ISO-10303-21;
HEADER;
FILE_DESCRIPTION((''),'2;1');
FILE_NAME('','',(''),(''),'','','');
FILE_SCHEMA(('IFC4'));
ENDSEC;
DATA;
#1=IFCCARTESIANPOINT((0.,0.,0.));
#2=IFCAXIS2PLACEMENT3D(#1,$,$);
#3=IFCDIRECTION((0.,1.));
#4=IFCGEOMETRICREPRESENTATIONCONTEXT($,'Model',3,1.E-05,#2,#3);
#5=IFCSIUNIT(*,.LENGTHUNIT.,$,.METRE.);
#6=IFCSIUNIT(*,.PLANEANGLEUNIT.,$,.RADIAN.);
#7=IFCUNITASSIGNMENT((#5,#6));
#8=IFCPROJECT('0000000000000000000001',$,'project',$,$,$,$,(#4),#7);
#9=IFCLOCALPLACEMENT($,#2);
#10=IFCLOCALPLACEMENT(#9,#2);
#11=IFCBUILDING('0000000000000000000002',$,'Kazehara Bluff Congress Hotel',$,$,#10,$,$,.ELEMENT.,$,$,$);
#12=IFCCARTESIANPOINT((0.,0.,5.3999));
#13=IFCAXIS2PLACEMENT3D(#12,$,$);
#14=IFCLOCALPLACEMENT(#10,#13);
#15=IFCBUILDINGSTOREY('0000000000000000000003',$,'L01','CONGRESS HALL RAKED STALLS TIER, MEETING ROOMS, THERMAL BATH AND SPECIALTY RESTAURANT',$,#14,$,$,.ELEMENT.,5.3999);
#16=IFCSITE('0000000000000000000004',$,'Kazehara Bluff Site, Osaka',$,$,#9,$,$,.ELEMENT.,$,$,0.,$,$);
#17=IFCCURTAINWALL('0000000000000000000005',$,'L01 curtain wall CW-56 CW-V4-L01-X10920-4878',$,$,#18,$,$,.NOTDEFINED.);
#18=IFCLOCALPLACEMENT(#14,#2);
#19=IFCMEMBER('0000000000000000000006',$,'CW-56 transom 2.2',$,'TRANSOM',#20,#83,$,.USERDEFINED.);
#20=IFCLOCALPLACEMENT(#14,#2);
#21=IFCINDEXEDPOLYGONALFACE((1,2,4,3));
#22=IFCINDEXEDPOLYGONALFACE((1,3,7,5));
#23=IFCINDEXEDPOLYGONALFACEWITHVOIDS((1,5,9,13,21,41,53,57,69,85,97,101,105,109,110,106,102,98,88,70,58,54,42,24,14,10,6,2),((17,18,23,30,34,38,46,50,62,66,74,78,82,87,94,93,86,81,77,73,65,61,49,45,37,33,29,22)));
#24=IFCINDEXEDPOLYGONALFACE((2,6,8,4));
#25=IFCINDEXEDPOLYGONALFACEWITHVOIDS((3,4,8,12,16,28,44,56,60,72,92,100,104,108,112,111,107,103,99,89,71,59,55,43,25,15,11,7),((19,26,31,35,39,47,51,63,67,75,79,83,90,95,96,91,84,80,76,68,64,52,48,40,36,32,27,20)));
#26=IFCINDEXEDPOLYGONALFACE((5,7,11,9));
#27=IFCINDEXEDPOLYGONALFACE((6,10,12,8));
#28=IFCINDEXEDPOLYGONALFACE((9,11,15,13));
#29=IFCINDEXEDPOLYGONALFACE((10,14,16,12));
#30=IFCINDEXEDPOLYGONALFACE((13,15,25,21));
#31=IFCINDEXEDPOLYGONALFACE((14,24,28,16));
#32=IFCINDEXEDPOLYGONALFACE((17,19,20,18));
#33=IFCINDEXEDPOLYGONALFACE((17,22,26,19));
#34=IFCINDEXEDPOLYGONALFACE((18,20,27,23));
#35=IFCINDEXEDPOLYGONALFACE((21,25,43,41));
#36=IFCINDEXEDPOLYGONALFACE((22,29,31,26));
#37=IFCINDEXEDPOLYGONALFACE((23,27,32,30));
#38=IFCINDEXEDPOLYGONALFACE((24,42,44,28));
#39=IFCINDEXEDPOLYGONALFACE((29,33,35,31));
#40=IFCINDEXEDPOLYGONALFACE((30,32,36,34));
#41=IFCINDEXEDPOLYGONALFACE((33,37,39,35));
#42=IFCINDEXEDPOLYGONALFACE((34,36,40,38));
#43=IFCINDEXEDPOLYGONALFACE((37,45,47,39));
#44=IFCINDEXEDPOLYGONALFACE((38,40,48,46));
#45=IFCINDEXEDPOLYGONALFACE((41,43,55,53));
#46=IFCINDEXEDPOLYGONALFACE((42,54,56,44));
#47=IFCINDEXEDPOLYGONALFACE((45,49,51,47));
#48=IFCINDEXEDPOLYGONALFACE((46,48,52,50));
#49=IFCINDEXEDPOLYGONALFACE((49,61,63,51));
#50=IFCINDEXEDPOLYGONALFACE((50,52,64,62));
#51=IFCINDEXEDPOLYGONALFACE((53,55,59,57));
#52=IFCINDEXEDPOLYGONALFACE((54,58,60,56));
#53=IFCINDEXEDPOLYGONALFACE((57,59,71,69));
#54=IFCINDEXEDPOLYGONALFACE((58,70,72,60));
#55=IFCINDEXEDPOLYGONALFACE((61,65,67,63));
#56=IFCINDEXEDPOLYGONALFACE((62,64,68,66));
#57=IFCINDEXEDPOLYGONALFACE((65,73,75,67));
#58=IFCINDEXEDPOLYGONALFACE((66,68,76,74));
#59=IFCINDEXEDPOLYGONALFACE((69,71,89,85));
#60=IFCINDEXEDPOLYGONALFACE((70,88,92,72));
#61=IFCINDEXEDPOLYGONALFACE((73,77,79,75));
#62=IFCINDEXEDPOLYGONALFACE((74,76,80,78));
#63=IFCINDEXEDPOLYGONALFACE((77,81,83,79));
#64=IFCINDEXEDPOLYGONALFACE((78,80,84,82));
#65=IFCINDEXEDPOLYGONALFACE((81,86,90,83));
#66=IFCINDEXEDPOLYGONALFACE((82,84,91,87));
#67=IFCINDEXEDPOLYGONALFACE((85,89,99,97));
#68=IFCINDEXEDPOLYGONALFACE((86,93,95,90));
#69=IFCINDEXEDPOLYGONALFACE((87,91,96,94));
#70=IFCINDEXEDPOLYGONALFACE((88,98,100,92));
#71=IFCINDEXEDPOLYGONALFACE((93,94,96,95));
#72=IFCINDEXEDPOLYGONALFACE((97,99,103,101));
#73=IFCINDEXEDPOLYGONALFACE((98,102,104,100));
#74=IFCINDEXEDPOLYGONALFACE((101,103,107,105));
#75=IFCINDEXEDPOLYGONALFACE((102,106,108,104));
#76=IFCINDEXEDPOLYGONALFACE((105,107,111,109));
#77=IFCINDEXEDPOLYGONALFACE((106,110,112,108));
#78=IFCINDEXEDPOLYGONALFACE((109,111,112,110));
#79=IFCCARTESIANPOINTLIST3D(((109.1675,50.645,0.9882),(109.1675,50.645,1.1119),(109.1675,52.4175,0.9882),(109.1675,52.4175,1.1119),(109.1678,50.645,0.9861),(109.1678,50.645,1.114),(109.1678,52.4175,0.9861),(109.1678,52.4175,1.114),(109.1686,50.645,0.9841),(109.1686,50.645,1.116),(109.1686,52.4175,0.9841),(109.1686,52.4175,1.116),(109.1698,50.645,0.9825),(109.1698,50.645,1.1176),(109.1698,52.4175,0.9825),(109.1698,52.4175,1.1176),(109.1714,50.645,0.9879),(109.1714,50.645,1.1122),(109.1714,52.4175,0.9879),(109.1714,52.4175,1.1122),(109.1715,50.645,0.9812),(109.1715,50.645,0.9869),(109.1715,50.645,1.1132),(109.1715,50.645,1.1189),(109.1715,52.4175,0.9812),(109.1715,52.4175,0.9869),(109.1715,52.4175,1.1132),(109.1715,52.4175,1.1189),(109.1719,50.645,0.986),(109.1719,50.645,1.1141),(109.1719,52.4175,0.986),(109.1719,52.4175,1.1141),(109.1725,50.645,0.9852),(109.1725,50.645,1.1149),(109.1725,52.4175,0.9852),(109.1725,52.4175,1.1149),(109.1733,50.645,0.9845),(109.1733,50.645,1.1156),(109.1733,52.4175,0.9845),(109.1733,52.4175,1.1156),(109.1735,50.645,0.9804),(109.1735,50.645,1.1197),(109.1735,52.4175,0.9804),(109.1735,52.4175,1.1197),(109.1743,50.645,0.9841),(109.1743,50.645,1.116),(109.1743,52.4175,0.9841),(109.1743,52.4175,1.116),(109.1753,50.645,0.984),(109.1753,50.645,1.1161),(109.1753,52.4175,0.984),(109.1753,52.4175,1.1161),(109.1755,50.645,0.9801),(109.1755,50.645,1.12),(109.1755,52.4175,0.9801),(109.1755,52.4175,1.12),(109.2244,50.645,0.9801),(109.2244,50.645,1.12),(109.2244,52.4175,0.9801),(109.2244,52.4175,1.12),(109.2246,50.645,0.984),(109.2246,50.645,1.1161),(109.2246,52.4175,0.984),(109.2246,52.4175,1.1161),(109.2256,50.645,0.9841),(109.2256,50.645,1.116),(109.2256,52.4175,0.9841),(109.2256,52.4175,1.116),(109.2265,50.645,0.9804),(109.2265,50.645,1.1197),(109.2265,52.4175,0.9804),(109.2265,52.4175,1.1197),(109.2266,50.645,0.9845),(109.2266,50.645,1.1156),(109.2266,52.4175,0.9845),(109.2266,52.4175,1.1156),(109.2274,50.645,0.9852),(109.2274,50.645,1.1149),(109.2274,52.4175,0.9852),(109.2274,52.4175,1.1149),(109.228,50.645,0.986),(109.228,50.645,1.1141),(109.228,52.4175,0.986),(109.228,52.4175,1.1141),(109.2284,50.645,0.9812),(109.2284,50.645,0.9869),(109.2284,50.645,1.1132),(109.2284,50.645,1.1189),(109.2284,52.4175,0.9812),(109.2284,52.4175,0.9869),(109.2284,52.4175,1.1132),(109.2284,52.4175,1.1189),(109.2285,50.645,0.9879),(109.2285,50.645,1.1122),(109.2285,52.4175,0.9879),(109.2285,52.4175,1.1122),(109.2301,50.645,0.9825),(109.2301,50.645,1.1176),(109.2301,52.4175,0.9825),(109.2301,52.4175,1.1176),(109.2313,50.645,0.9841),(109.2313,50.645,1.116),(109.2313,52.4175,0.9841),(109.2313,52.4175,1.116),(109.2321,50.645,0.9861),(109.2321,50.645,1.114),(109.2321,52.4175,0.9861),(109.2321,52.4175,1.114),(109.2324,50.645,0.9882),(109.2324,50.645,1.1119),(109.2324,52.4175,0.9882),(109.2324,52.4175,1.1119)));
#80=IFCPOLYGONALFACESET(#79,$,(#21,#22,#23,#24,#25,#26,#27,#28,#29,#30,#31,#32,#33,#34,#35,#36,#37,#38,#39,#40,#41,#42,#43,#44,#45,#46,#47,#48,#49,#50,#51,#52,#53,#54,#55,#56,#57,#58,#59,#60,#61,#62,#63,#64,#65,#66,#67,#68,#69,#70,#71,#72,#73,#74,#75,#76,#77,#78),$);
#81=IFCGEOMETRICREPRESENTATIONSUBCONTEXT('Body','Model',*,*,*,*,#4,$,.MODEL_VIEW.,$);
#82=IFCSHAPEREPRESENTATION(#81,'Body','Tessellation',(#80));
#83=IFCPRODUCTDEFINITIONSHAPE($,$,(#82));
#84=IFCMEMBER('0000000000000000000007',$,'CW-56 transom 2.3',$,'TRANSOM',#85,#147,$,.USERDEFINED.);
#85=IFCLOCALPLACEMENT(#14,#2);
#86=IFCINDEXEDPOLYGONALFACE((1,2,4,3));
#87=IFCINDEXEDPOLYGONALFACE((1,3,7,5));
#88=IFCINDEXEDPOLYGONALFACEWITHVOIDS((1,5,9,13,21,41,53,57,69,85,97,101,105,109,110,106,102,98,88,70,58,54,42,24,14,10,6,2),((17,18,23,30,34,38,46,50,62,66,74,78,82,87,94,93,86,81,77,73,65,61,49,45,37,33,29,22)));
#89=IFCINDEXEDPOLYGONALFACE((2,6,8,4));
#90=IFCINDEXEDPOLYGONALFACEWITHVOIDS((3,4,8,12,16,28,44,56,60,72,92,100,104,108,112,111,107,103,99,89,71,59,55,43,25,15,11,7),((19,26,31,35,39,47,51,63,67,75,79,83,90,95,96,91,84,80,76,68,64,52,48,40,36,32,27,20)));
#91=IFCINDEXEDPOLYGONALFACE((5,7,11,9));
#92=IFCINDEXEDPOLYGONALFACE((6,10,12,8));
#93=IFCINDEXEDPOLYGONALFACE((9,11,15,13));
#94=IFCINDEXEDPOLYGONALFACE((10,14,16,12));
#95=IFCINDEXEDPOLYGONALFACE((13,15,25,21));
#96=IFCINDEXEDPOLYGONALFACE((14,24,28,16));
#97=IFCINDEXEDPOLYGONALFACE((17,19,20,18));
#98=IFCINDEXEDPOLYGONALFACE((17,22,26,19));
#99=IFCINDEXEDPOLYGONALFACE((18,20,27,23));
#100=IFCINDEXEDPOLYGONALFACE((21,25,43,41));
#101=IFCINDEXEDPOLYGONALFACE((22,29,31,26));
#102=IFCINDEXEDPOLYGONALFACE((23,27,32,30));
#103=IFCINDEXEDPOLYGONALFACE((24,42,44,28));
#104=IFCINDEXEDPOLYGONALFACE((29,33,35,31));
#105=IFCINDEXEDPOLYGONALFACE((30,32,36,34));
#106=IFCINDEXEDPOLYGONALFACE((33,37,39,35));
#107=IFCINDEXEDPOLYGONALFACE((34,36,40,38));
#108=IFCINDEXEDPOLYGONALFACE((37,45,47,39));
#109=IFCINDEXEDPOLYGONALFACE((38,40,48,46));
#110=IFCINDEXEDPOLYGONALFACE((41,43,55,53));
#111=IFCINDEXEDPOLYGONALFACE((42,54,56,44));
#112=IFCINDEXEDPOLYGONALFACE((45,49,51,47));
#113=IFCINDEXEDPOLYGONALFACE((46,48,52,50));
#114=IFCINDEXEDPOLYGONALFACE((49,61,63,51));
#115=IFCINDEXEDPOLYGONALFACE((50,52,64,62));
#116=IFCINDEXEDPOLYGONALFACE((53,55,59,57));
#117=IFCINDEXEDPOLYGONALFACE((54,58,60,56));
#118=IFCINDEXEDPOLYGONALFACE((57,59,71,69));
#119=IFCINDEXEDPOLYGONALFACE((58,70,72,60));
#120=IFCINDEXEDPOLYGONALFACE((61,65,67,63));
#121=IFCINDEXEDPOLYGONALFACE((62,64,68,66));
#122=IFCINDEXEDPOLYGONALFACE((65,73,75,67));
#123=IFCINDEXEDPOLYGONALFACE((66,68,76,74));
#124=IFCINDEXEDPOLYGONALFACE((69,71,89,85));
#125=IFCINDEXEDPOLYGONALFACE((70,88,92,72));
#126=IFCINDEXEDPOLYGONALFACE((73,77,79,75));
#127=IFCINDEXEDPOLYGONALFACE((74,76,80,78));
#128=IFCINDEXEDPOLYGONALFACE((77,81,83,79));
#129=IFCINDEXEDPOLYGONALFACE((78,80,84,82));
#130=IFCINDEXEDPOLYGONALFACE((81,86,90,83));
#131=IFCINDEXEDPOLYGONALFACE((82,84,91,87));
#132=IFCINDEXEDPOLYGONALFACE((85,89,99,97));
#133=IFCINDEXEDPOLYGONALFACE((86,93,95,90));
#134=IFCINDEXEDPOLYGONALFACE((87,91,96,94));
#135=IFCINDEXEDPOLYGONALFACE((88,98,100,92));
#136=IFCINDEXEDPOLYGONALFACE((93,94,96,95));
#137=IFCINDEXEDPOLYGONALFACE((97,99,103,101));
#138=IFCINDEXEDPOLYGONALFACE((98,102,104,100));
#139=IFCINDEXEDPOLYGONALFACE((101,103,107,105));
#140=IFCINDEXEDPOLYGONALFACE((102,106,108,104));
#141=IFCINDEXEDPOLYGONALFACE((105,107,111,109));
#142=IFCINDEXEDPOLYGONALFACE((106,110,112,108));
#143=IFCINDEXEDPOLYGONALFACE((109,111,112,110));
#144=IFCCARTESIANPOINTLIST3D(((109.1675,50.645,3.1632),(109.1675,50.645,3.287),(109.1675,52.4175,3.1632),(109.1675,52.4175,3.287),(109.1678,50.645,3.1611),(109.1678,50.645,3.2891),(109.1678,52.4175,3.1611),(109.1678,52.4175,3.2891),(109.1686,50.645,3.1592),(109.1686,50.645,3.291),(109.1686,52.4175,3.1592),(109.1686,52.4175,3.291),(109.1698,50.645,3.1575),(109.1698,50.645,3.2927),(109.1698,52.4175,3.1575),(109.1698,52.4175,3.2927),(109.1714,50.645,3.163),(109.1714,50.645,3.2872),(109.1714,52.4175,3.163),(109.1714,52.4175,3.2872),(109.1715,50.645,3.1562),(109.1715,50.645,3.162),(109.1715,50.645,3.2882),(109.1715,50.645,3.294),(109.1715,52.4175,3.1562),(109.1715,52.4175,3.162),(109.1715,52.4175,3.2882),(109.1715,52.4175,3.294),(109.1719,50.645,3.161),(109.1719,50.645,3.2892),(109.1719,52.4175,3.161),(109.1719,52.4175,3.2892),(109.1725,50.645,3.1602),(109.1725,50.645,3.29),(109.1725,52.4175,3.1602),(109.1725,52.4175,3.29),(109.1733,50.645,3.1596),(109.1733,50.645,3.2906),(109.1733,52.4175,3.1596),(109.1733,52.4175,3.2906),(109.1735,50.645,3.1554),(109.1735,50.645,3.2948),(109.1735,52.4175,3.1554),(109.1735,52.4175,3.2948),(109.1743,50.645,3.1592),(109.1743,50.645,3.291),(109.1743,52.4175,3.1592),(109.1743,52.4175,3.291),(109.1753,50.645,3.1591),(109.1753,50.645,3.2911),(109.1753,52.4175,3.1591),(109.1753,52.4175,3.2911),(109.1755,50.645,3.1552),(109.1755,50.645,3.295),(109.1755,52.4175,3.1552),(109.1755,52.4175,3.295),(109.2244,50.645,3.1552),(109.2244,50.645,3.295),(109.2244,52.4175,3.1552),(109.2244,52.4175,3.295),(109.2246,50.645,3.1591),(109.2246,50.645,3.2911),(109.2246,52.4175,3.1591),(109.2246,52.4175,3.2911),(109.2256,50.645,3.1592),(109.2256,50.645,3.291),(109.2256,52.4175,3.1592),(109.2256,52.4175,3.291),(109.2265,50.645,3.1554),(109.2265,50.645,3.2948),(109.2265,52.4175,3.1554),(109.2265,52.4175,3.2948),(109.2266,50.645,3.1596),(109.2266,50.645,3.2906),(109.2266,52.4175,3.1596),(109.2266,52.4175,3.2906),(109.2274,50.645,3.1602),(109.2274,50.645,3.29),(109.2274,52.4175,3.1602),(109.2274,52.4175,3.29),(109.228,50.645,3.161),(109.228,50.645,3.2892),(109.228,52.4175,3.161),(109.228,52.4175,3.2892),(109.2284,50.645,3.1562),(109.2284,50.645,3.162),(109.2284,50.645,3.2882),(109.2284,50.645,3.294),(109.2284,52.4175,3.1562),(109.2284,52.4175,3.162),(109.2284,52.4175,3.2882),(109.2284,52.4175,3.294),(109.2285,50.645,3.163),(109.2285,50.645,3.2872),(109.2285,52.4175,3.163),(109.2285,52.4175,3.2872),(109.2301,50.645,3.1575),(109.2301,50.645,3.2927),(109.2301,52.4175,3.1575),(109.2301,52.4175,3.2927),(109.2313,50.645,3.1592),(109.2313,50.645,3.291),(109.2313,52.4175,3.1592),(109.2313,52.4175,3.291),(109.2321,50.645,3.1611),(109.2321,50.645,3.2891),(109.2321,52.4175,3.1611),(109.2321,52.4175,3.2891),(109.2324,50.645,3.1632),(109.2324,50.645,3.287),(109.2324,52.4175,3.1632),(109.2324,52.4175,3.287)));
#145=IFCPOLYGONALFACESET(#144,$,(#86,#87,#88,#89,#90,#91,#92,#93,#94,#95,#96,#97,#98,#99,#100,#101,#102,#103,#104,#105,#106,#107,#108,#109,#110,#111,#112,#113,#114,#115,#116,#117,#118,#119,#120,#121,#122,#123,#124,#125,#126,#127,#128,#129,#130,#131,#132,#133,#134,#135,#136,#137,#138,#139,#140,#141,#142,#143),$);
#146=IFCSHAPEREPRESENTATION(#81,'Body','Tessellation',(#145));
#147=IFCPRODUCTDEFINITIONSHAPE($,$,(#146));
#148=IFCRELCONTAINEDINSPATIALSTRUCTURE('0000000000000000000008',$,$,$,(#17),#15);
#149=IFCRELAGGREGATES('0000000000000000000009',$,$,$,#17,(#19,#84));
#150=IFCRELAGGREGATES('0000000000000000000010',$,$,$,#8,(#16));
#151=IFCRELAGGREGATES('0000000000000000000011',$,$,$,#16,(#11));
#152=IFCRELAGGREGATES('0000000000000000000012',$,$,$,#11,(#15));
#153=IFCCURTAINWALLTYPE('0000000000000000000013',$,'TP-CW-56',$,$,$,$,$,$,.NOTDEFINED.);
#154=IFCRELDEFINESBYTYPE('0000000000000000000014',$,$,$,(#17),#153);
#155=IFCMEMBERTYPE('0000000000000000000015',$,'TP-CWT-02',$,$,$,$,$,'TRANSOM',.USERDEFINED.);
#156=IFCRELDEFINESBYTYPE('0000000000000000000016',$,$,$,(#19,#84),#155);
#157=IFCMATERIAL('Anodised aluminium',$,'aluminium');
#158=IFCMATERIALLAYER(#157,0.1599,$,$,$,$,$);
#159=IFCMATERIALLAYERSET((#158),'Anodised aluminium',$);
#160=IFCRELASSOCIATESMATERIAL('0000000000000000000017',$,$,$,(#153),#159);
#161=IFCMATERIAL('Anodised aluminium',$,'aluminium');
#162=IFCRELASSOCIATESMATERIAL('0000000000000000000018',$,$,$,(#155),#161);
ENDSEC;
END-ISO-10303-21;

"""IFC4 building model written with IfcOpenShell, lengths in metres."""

from ifc_helpers import new_model, si_unit, direction, frame, origin, origin_2d, place, context, subcontext, project, spatial, hollow_rectangle, extrude, material, layer, layer_set, material_profile, profile_set, type_object, element, aggregate, save


model = new_model("IFC4")

# Units and contexts
model_context = context("Model", 3, precision=1e-05, world=origin(), true_north=direction((0.0, 1.0)))
body_context = subcontext(model_context, "Body", "Model", "MODEL_VIEW")
ifc_project = project(units=[si_unit("LENGTHUNIT", "METRE"), si_unit("PLANEANGLEUNIT", "RADIAN")], contexts=[model_context])

# Site, building, storey
site_placement = place(None, origin())
site = spatial("IfcSite", under=ifc_project, at=site_placement, Name="Kazehara Bluff Site, Osaka", CompositionType="ELEMENT", RefElevation=0.0)
building_placement = place(site_placement, origin())
building = spatial("IfcBuilding", under=site, at=building_placement, Name="Kazehara Bluff Congress Hotel", CompositionType="ELEMENT")
storey_placement = place(building_placement, frame((0.0, 0.0, 5.3999)))
storey = spatial("IfcBuildingStorey", under=building, at=storey_placement, Name="L01", Description="CONGRESS HALL RAKED STALLS TIER, MEETING ROOMS, THERMAL BATH AND SPECIALTY RESTAURANT", CompositionType="ELEMENT", Elevation=5.3999)

# Curtain wall, members
ifc_material_1 = material(Name="Anodised aluminium", Category="aluminium")
ifc_layer_1 = layer(ifc_material_1, 0.1599)
ifc_layer_set_1 = layer_set([ifc_layer_1], Name="Anodised aluminium")
curtain_wall_type_1 = type_object("IfcCurtainWallType", Name="TP-CW-56", PredefinedType="NOTDEFINED", material=ifc_layer_set_1)
curtain_wall_1_placement = place(storey_placement, origin())
curtain_wall_1 = element("IfcCurtainWall", 1, at=curtain_wall_1_placement, inside=storey, type_object=curtain_wall_type_1, Name="L01 curtain wall CW-56 CW-V4-L01-X10920-4878", PredefinedType="NOTDEFINED")
ifc_material_2 = material(Name="Anodised aluminium", Category="aluminium")
ifc_material_profile_1 = material_profile(ifc_material_2, hollow_rectangle(XDim=0.0649, YDim=0.1399, WallThickness=0.0039, InnerFilletRadius=0.0039, OuterFilletRadius=0.0081, at=origin_2d()))
ifc_profile_set_1 = profile_set([ifc_material_profile_1], Name="Anodised aluminium")
member_type_1 = type_object("IfcMemberType", Name="TP-CWT-02", ElementType="TRANSOM", PredefinedType="USERDEFINED", material=ifc_profile_set_1)
member_1_placement = place(storey_placement, frame((109.2, 50.645, 1.05), z_axis=(0.0, 1.0, 0.0), x_axis=(-1.0, 0.0, 0.0)))
member_1 = element("IfcMember", 2, at=member_1_placement, type_object=member_type_1, Name="CW-56 transom 2.2", ObjectType="TRANSOM", PredefinedType="USERDEFINED", context=body_context, shape_type="SweptSolid", body=[
    extrude(hollow_rectangle(XDim=0.0649, YDim=0.1399, WallThickness=0.0039, InnerFilletRadius=0.0039, OuterFilletRadius=0.0081, at=origin_2d()), origin(), (0.0, 0.0, 1.0), 1.7725),
])
member_2_placement = place(storey_placement, frame((109.2, 50.645, 3.2251), z_axis=(0.0, 1.0, 0.0), x_axis=(-1.0, 0.0, 0.0)))
member_2 = element("IfcMember", 3, at=member_2_placement, type_object=member_type_1, Name="CW-56 transom 2.3", ObjectType="TRANSOM", PredefinedType="USERDEFINED", context=body_context, shape_type="SweptSolid", body=[
    extrude(hollow_rectangle(XDim=0.0649, YDim=0.1399, WallThickness=0.0039, InnerFilletRadius=0.0039, OuterFilletRadius=0.0081, at=origin_2d()), origin(), (0.0, 0.0, 1.0), 1.7725),
])

aggregate(curtain_wall_1, [member_1, member_2])

save(model, "model.ifc")
